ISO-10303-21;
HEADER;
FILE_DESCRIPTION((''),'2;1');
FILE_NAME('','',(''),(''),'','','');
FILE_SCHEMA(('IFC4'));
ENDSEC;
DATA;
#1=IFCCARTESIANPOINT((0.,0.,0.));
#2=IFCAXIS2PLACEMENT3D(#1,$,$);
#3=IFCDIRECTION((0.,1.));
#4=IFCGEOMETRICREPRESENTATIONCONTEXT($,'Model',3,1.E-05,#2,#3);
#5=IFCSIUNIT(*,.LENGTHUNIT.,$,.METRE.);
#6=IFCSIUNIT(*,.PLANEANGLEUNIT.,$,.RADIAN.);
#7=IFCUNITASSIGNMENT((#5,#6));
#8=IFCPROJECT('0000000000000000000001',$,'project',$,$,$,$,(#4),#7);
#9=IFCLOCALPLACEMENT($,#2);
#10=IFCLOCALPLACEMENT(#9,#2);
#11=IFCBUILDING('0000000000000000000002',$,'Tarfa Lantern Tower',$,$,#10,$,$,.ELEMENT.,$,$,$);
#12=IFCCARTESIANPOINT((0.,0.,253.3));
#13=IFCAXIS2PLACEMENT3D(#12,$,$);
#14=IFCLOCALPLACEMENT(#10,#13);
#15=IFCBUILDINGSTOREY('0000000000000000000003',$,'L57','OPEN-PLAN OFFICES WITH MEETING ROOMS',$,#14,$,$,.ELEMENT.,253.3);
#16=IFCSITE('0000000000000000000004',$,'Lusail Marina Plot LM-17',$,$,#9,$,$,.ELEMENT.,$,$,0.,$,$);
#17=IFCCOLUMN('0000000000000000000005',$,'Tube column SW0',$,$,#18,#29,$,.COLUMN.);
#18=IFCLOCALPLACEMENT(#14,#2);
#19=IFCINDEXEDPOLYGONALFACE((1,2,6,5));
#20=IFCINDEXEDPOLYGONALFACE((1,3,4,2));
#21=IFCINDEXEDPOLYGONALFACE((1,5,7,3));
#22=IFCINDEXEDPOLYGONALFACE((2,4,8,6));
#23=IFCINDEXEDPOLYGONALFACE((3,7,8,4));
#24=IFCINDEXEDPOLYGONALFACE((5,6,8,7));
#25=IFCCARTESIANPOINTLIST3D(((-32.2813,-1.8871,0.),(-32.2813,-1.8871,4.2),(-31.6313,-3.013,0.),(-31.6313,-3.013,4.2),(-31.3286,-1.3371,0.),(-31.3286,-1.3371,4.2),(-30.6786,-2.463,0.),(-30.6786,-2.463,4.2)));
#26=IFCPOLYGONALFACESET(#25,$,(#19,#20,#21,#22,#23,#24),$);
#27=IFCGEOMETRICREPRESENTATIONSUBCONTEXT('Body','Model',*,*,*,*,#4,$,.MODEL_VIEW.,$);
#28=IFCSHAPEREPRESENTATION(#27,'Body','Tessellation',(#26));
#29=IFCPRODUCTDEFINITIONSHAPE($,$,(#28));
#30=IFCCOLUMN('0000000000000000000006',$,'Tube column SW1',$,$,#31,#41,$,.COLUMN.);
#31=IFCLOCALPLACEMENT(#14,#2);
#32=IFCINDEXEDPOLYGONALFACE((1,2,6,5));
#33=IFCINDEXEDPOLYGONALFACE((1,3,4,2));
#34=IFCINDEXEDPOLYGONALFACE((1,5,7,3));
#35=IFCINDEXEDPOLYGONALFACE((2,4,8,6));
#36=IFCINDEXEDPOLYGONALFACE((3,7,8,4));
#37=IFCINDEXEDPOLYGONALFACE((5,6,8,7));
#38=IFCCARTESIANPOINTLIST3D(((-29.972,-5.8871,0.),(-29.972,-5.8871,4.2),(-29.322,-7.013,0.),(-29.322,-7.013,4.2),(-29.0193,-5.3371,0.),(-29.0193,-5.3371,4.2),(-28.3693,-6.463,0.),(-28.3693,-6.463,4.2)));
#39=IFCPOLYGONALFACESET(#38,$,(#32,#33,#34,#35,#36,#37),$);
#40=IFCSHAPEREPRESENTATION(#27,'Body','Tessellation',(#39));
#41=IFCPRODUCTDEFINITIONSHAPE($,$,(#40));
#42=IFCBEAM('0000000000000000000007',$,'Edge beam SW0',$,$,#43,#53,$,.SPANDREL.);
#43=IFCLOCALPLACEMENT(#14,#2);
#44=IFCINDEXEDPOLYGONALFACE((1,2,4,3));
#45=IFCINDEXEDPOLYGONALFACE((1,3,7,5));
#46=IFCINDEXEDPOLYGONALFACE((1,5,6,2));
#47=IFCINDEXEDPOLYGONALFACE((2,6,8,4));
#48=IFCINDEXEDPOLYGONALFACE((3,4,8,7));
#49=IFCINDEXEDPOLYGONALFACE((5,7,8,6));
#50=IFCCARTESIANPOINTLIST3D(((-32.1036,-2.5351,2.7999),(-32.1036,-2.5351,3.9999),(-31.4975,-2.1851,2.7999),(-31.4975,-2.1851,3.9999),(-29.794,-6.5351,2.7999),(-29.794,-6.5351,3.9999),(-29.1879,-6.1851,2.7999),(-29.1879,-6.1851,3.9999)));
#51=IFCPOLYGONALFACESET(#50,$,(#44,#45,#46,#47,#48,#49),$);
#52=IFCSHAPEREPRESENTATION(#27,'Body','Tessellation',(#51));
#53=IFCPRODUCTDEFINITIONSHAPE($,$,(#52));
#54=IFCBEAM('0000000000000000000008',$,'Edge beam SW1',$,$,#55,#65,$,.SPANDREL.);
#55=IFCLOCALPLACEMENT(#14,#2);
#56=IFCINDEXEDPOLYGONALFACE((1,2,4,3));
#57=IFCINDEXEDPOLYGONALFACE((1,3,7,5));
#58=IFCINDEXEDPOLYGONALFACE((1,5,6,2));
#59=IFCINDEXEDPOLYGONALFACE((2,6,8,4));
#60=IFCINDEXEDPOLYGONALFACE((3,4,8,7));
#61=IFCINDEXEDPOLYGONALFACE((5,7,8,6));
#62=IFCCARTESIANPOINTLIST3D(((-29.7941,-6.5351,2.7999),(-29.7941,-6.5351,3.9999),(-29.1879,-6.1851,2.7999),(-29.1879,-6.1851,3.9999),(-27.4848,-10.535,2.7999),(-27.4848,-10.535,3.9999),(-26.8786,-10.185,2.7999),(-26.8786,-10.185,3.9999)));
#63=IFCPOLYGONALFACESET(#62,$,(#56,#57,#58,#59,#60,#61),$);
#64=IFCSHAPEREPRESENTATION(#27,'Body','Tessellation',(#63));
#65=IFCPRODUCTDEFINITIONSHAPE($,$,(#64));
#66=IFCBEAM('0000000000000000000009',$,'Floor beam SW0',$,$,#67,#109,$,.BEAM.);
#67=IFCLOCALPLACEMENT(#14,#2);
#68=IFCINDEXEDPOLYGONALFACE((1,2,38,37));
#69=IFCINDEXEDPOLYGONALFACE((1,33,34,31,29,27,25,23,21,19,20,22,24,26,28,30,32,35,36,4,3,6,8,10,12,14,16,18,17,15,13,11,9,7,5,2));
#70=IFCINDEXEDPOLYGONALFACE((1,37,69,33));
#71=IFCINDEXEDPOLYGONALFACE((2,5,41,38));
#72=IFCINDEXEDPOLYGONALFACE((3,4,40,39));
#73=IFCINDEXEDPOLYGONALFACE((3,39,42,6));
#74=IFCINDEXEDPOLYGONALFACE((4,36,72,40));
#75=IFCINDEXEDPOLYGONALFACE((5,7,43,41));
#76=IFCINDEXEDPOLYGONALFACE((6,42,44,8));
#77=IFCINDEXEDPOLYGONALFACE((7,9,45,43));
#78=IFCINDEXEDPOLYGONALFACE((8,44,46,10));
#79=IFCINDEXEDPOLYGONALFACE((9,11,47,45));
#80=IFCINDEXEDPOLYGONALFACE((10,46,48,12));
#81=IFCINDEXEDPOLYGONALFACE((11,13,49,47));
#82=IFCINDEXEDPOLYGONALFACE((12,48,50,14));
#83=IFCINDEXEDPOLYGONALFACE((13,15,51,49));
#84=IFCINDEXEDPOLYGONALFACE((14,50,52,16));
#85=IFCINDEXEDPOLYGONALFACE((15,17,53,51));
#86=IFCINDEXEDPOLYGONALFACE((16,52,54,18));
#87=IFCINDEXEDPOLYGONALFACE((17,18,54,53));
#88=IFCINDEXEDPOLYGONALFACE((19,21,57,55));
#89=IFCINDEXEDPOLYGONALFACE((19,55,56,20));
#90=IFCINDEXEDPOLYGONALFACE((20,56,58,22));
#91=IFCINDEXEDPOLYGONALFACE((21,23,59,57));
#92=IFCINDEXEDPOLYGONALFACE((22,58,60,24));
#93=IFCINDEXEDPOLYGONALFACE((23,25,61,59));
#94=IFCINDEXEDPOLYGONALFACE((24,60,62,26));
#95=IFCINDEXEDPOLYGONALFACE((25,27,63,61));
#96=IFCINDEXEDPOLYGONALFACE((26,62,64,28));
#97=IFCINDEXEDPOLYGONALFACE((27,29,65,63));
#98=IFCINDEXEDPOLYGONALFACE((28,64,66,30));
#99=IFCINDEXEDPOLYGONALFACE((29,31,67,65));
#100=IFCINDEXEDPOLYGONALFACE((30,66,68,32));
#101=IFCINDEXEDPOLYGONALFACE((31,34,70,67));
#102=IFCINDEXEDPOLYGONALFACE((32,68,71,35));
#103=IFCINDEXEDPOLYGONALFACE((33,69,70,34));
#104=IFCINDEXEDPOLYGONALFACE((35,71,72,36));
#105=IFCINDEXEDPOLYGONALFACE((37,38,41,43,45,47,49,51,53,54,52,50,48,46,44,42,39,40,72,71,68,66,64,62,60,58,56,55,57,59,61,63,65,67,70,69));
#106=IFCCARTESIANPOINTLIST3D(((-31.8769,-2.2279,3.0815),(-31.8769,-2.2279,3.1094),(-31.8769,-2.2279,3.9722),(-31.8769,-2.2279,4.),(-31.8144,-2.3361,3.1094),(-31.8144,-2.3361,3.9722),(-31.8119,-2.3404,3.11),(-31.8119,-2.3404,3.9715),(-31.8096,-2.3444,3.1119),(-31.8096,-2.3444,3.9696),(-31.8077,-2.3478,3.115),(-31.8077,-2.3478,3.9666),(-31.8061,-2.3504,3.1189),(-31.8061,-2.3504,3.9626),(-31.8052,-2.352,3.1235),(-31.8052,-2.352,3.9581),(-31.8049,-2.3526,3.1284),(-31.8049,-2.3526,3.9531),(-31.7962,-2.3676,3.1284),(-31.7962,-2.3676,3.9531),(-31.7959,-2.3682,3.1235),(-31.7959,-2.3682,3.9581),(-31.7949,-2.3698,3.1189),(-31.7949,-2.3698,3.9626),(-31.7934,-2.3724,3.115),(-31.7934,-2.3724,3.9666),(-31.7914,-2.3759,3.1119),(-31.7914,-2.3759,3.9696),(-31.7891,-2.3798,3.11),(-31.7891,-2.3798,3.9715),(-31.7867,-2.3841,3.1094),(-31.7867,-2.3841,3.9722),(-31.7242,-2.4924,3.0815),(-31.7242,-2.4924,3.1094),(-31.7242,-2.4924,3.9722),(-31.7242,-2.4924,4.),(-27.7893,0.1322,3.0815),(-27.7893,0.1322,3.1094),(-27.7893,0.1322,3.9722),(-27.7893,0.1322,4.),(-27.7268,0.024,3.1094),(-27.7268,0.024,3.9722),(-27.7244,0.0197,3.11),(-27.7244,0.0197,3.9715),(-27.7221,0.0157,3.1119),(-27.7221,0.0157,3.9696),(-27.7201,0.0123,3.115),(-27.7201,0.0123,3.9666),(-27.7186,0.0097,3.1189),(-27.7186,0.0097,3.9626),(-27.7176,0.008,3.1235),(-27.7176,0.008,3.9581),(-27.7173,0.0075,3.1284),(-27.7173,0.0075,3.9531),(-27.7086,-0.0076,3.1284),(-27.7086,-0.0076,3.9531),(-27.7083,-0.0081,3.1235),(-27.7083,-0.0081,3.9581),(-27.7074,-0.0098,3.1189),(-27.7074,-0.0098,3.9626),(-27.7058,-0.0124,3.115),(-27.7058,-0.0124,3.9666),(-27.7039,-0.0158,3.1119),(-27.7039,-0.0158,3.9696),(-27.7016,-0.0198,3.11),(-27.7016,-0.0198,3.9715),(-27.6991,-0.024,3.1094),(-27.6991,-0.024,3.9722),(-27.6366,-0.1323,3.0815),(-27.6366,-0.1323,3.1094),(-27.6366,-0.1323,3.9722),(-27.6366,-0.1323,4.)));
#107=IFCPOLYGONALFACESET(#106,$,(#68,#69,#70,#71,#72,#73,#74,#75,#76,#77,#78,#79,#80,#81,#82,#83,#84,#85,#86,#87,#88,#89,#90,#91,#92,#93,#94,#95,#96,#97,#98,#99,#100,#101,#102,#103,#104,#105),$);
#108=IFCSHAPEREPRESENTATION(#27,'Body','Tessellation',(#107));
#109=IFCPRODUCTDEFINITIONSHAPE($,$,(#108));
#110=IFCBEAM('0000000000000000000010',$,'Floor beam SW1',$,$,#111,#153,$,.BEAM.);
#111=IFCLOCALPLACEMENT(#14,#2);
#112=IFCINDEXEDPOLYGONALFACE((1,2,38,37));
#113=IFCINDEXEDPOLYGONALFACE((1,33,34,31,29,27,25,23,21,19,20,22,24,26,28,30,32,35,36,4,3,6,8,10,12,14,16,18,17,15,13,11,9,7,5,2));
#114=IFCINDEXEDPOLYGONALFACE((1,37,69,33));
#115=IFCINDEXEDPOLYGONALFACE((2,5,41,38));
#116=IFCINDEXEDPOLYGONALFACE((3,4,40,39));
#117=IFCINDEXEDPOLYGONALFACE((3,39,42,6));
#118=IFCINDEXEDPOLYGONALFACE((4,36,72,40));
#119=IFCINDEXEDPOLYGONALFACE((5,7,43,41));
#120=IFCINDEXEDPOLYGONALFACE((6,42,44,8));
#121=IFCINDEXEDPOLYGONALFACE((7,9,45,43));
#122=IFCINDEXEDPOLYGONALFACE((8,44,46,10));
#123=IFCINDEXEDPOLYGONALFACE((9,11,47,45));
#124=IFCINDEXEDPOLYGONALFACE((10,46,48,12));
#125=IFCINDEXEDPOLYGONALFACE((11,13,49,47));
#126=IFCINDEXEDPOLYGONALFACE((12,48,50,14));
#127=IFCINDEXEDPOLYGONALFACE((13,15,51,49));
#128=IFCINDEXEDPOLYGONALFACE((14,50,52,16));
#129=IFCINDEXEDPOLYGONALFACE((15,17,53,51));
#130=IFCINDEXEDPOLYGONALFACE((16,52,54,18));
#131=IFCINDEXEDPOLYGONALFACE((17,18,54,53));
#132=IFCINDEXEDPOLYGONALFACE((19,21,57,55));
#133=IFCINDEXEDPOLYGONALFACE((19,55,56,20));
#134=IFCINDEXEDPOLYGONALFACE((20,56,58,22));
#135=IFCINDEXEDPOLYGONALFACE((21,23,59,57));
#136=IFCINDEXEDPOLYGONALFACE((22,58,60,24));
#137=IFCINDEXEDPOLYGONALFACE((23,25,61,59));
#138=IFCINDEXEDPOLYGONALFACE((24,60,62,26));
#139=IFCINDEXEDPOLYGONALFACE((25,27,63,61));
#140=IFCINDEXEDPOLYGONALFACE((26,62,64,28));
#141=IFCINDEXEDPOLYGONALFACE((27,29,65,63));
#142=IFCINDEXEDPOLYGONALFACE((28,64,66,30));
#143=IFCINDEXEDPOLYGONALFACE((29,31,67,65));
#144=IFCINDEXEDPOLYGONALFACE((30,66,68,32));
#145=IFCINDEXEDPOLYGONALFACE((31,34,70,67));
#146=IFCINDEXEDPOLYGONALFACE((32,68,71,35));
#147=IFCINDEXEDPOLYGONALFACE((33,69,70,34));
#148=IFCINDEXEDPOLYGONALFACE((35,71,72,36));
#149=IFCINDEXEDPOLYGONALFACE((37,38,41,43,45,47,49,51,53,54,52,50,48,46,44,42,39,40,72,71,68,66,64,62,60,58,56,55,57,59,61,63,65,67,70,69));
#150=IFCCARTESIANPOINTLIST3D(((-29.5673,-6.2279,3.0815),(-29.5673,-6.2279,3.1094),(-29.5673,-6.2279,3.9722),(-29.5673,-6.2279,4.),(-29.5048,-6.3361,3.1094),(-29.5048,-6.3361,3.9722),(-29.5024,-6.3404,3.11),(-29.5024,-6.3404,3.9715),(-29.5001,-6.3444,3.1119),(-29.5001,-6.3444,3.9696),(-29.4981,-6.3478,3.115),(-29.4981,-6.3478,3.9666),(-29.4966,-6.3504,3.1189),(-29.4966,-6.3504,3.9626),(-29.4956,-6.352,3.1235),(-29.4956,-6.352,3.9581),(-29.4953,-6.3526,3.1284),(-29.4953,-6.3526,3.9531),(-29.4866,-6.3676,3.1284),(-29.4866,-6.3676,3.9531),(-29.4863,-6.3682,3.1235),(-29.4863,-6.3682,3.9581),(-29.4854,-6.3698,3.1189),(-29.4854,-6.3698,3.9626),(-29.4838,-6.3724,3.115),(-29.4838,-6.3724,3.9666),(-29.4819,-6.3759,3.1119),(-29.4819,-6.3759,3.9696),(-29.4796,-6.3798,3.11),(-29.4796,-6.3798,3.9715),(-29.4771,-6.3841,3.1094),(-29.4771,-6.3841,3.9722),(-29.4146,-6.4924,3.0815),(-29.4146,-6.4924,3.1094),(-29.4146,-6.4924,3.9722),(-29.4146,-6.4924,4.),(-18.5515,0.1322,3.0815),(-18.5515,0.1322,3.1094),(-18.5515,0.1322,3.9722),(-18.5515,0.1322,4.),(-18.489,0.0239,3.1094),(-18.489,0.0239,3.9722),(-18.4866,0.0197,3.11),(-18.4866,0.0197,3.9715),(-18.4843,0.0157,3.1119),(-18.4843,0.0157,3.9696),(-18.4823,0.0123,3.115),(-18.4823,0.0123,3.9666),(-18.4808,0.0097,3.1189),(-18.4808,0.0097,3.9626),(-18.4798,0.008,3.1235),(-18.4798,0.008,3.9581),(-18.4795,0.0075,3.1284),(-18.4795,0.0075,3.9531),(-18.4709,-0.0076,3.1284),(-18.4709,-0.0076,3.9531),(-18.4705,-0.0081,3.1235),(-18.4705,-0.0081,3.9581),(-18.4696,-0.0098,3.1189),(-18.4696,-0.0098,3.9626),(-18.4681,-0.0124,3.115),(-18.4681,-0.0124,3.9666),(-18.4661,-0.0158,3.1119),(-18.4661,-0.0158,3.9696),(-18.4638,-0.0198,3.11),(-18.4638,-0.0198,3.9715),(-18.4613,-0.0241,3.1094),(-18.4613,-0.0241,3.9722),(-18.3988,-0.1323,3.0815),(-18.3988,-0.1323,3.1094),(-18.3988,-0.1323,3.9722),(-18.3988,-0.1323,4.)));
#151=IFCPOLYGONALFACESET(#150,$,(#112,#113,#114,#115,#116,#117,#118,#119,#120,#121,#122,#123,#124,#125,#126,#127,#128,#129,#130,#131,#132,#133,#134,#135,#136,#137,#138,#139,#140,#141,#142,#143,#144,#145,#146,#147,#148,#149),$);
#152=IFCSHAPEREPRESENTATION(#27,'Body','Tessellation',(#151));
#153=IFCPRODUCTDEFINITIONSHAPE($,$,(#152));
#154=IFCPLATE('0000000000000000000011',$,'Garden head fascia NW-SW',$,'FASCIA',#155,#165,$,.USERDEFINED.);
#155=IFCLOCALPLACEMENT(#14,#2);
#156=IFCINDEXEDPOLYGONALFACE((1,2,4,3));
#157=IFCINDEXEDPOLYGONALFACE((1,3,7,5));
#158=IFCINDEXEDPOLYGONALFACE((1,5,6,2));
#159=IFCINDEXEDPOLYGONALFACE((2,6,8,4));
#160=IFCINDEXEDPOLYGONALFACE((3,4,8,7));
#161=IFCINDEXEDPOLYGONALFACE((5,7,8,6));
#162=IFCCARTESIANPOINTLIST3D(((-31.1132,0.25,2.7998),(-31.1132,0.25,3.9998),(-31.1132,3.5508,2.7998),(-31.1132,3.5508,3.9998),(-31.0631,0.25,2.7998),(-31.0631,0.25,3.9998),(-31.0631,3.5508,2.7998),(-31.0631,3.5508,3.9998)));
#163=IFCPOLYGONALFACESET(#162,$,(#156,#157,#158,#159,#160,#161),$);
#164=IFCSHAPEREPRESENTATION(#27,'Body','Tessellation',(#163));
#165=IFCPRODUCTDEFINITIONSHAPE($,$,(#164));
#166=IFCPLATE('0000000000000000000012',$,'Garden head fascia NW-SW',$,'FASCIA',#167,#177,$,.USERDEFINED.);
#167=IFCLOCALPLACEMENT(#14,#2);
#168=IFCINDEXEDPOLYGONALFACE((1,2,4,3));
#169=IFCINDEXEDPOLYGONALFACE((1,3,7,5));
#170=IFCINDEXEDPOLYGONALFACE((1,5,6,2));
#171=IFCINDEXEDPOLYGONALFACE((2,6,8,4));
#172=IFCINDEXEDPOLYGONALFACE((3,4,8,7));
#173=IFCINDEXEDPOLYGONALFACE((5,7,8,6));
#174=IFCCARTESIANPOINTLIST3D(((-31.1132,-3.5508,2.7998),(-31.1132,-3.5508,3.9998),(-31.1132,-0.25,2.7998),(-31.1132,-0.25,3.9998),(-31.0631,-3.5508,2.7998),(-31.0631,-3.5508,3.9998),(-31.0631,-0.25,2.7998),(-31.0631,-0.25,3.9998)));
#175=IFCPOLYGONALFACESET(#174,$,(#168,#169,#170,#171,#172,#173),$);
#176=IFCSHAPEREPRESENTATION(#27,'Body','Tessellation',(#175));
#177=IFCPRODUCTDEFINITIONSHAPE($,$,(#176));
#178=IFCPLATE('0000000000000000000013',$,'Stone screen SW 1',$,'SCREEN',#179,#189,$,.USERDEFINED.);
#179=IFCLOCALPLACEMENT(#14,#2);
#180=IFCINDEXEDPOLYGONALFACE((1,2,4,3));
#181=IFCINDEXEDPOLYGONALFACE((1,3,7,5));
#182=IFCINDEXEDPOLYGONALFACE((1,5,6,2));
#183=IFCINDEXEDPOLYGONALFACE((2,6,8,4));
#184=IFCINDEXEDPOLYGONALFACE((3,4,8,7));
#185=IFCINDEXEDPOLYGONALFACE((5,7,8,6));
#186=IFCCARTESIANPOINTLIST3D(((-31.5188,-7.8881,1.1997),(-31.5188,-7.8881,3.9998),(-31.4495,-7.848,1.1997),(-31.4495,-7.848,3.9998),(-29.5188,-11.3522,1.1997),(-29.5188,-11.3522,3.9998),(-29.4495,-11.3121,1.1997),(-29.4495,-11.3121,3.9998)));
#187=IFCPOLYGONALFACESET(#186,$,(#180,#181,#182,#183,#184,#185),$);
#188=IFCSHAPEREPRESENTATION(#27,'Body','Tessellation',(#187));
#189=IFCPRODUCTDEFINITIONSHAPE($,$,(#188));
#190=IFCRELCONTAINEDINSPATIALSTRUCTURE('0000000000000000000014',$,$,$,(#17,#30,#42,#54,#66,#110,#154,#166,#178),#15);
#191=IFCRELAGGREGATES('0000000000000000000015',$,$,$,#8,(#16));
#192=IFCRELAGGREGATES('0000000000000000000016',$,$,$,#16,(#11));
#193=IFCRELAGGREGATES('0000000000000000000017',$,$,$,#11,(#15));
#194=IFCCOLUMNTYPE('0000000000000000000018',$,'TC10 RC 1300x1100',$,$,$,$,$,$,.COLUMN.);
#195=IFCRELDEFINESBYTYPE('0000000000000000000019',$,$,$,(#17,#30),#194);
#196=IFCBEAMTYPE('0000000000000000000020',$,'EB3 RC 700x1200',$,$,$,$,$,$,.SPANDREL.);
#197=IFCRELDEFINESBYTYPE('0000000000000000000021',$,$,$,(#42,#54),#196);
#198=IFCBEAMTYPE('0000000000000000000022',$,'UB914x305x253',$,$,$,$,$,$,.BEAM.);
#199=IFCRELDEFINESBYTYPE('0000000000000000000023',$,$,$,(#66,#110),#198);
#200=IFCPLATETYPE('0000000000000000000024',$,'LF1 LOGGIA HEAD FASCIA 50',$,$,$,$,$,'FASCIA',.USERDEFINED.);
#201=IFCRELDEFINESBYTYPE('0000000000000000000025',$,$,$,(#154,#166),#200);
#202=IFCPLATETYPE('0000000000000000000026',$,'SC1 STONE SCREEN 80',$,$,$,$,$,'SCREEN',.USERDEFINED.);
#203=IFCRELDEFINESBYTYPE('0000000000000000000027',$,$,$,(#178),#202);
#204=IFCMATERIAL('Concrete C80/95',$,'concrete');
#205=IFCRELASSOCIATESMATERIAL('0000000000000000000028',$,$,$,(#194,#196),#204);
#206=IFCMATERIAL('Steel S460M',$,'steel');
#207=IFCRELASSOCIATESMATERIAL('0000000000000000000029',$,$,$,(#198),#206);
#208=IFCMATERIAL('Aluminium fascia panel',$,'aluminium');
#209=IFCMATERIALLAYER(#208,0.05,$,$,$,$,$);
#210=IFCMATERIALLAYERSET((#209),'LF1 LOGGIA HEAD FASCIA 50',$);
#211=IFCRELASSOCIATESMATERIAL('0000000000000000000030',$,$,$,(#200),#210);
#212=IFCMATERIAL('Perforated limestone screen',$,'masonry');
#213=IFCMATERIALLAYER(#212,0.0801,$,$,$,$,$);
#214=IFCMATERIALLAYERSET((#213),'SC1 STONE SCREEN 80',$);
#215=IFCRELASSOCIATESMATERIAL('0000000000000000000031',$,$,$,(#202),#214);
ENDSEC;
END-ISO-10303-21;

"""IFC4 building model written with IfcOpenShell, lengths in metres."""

from ifc_helpers import new_model, si_unit, direction, frame, origin, origin_2d, place, context, subcontext, project, spatial, rectangle, i_section, extrude, material, layer, layer_set, material_profile, profile_set, type_object, element, save


model = new_model("IFC4")

# Units and contexts
model_context = context("Model", 3, precision=1e-05, world=origin(), true_north=direction((0.0, 1.0)))
body_context = subcontext(model_context, "Body", "Model", "MODEL_VIEW")
ifc_project = project(units=[si_unit("LENGTHUNIT", "METRE"), si_unit("PLANEANGLEUNIT", "RADIAN")], contexts=[model_context])

# Site, building, storey
site_placement = place(None, origin())
site = spatial("IfcSite", under=ifc_project, at=site_placement, Name="Lusail Marina Plot LM-17", CompositionType="ELEMENT", RefElevation=0.0)
building_placement = place(site_placement, origin())
building = spatial("IfcBuilding", under=site, at=building_placement, Name="Tarfa Lantern Tower", CompositionType="ELEMENT")
storey_placement = place(building_placement, frame((0.0, 0.0, 253.3)))
storey = spatial("IfcBuildingStorey", under=building, at=storey_placement, Name="L57", Description="OPEN-PLAN OFFICES WITH MEETING ROOMS", CompositionType="ELEMENT", Elevation=253.3)

# Columns
ifc_material_1 = material(Name="Concrete C80/95", Category="concrete")
ifc_material_profile_1 = material_profile(ifc_material_1, rectangle(XDim=1.3, YDim=1.1001, at=origin_2d()), Name="RC 1300x1100")
ifc_profile_set_1 = profile_set([ifc_material_profile_1], Name="Concrete C80/95")
column_type = type_object("IfcColumnType", Name="TC10 RC 1300x1100", PredefinedType="COLUMN", material=ifc_profile_set_1)
for number, where, z_axis, x_axis, name in (
    (1, (-31.48, -2.175, 0.0), (0.0, 0.0, 1.0), (0.5, -0.866025, 0.0), "Tube column SW0"),
    (2, (-29.1707, -6.175, 0.0), (0.0, 0.0, 1.0), (0.5, -0.866025, 0.0), "Tube column SW1"),
):
    element("IfcColumn", number, at=place(storey_placement, frame(where, z_axis=z_axis, x_axis=x_axis)), inside=storey, type_object=column_type, Name=name, PredefinedType="COLUMN", context=body_context, shape_type="SweptSolid", body=[
        extrude(rectangle(XDim=1.3, YDim=1.1001, at=origin_2d()), origin(), (0.0, 0.0, 1.0), 4.2),
    ])

# Beams
ifc_material_profile_2 = material_profile(ifc_material_1, rectangle(XDim=0.7, YDim=1.2, at=origin_2d()), Name="RC 700x1200")
ifc_profile_set_2 = profile_set([ifc_material_profile_2], Name="Concrete C80/95")
beam_type_1 = type_object("IfcBeamType", Name="EB3 RC 700x1200", PredefinedType="SPANDREL", material=ifc_profile_set_2)
beam_1_placement = place(storey_placement, frame((-31.8005, -2.3601, 3.3999), z_axis=(0.500027, -0.86601, 0.0), x_axis=(0.86601, 0.500027, 0.0)))
element("IfcBeam", 3, at=beam_1_placement, inside=storey, type_object=beam_type_1, Name="Edge beam SW0", PredefinedType="SPANDREL", context=body_context, shape_type="SweptSolid", body=[
    extrude(rectangle(XDim=0.7, YDim=1.2, at=origin_2d()), origin(), (0.0, 0.0, 1.0), 4.6189),
])
beam_2_placement = place(storey_placement, frame((-29.491, -6.3601, 3.3999), z_axis=(0.499988, -0.866032, 0.0), x_axis=(0.866032, 0.499988, 0.0)))
element("IfcBeam", 4, at=beam_2_placement, inside=storey, type_object=beam_type_1, Name="Edge beam SW1", PredefinedType="SPANDREL", context=body_context, shape_type="SweptSolid", body=[
    extrude(rectangle(XDim=0.7, YDim=1.2, at=origin_2d()), origin(), (0.0, 0.0, 1.0), 4.6187),
])
ifc_material_2 = material(Name="Steel S460M", Category="steel")
ifc_material_profile_3 = material_profile(ifc_material_2, i_section(OverallWidth=0.3054, OverallDepth=0.9185, WebThickness=0.0173, FlangeThickness=0.0278, FilletRadius=0.019, at=origin_2d()), Name="UB914x305x253")
ifc_profile_set_3 = profile_set([ifc_material_profile_3], Name="Steel S460M")
beam_type_2 = type_object("IfcBeamType", Name="UB914x305x253", PredefinedType="BEAM", material=ifc_profile_set_3)
beam_3_placement = place(storey_placement, frame((-31.8005, -2.3601, 3.5408), z_axis=(0.866016, 0.500016, 0.0), x_axis=(-0.500016, 0.866016, 0.0)))
element("IfcBeam", 5, at=beam_3_placement, inside=storey, type_object=beam_type_2, Name="Floor beam SW0", PredefinedType="BEAM", context=body_context, shape_type="SweptSolid", body=[
    extrude(i_section(OverallWidth=0.3054, OverallDepth=0.9185, WebThickness=0.0173, FlangeThickness=0.0278, FilletRadius=0.019, at=origin_2d()), origin(), (0.0, 0.0, 1.0), 4.72),
])
beam_4_placement = place(storey_placement, frame((-29.491, -6.3601, 3.5408), z_axis=(0.866022, 0.500005, 0.0), x_axis=(-0.500005, 0.866022, 0.0)))
element("IfcBeam", 6, at=beam_4_placement, inside=storey, type_object=beam_type_2, Name="Floor beam SW1", PredefinedType="BEAM", context=body_context, shape_type="SweptSolid", body=[
    extrude(i_section(OverallWidth=0.3054, OverallDepth=0.9185, WebThickness=0.0173, FlangeThickness=0.0278, FilletRadius=0.019, at=origin_2d()), origin(), (0.0, 0.0, 1.0), 12.72),
])

# Plates
ifc_material_3 = material(Name="Aluminium fascia panel", Category="aluminium")
ifc_layer_1 = layer(ifc_material_3, 0.05)
ifc_layer_set_1 = layer_set([ifc_layer_1], Name="LF1 LOGGIA HEAD FASCIA 50")
plate_type_1 = type_object("IfcPlateType", Name="LF1 LOGGIA HEAD FASCIA 50", ElementType="FASCIA", PredefinedType="USERDEFINED", material=ifc_layer_set_1)
for number, where, z_axis, x_axis, name in (
    (7, (-31.0881, 1.9004, 2.7998), (0.0, 0.0, 1.0), (0.0, -1.0, 0.0), "Garden head fascia NW-SW"),
    (8, (-31.0881, -1.9004, 2.7998), (0.0, 0.0, 1.0), (0.0, -1.0, 0.0), "Garden head fascia NW-SW"),
):
    element("IfcPlate", number, at=place(storey_placement, frame(where, z_axis=z_axis, x_axis=x_axis)), inside=storey, type_object=plate_type_1, Name=name, ObjectType="FASCIA", PredefinedType="USERDEFINED", context=body_context, shape_type="SweptSolid", body=[
        extrude(rectangle(XDim=3.3008, YDim=0.05, at=origin_2d()), origin(), (0.0, 0.0, 1.0), 1.2),
    ])
ifc_material_4 = material(Name="Perforated limestone screen", Category="masonry")
ifc_layer_2 = layer(ifc_material_4, 0.0801)
ifc_layer_set_2 = layer_set([ifc_layer_2], Name="SC1 STONE SCREEN 80")
plate_type_2 = type_object("IfcPlateType", Name="SC1 STONE SCREEN 80", ElementType="SCREEN", PredefinedType="USERDEFINED", material=ifc_layer_set_2)
plate_placement = place(storey_placement, frame((-30.4841, -9.6001, 1.1997), z_axis=(0.0, 0.0, 1.0), x_axis=(0.5, -0.866025, 0.0)))
element("IfcPlate", 9, at=plate_placement, inside=storey, type_object=plate_type_2, Name="Stone screen SW 1", ObjectType="SCREEN", PredefinedType="USERDEFINED", context=body_context, shape_type="SweptSolid", body=[
    extrude(rectangle(XDim=4.0, YDim=0.0801, at=origin_2d()), origin(), (0.0, 0.0, 1.0), 2.8),
])

save(model, "model.ifc")
